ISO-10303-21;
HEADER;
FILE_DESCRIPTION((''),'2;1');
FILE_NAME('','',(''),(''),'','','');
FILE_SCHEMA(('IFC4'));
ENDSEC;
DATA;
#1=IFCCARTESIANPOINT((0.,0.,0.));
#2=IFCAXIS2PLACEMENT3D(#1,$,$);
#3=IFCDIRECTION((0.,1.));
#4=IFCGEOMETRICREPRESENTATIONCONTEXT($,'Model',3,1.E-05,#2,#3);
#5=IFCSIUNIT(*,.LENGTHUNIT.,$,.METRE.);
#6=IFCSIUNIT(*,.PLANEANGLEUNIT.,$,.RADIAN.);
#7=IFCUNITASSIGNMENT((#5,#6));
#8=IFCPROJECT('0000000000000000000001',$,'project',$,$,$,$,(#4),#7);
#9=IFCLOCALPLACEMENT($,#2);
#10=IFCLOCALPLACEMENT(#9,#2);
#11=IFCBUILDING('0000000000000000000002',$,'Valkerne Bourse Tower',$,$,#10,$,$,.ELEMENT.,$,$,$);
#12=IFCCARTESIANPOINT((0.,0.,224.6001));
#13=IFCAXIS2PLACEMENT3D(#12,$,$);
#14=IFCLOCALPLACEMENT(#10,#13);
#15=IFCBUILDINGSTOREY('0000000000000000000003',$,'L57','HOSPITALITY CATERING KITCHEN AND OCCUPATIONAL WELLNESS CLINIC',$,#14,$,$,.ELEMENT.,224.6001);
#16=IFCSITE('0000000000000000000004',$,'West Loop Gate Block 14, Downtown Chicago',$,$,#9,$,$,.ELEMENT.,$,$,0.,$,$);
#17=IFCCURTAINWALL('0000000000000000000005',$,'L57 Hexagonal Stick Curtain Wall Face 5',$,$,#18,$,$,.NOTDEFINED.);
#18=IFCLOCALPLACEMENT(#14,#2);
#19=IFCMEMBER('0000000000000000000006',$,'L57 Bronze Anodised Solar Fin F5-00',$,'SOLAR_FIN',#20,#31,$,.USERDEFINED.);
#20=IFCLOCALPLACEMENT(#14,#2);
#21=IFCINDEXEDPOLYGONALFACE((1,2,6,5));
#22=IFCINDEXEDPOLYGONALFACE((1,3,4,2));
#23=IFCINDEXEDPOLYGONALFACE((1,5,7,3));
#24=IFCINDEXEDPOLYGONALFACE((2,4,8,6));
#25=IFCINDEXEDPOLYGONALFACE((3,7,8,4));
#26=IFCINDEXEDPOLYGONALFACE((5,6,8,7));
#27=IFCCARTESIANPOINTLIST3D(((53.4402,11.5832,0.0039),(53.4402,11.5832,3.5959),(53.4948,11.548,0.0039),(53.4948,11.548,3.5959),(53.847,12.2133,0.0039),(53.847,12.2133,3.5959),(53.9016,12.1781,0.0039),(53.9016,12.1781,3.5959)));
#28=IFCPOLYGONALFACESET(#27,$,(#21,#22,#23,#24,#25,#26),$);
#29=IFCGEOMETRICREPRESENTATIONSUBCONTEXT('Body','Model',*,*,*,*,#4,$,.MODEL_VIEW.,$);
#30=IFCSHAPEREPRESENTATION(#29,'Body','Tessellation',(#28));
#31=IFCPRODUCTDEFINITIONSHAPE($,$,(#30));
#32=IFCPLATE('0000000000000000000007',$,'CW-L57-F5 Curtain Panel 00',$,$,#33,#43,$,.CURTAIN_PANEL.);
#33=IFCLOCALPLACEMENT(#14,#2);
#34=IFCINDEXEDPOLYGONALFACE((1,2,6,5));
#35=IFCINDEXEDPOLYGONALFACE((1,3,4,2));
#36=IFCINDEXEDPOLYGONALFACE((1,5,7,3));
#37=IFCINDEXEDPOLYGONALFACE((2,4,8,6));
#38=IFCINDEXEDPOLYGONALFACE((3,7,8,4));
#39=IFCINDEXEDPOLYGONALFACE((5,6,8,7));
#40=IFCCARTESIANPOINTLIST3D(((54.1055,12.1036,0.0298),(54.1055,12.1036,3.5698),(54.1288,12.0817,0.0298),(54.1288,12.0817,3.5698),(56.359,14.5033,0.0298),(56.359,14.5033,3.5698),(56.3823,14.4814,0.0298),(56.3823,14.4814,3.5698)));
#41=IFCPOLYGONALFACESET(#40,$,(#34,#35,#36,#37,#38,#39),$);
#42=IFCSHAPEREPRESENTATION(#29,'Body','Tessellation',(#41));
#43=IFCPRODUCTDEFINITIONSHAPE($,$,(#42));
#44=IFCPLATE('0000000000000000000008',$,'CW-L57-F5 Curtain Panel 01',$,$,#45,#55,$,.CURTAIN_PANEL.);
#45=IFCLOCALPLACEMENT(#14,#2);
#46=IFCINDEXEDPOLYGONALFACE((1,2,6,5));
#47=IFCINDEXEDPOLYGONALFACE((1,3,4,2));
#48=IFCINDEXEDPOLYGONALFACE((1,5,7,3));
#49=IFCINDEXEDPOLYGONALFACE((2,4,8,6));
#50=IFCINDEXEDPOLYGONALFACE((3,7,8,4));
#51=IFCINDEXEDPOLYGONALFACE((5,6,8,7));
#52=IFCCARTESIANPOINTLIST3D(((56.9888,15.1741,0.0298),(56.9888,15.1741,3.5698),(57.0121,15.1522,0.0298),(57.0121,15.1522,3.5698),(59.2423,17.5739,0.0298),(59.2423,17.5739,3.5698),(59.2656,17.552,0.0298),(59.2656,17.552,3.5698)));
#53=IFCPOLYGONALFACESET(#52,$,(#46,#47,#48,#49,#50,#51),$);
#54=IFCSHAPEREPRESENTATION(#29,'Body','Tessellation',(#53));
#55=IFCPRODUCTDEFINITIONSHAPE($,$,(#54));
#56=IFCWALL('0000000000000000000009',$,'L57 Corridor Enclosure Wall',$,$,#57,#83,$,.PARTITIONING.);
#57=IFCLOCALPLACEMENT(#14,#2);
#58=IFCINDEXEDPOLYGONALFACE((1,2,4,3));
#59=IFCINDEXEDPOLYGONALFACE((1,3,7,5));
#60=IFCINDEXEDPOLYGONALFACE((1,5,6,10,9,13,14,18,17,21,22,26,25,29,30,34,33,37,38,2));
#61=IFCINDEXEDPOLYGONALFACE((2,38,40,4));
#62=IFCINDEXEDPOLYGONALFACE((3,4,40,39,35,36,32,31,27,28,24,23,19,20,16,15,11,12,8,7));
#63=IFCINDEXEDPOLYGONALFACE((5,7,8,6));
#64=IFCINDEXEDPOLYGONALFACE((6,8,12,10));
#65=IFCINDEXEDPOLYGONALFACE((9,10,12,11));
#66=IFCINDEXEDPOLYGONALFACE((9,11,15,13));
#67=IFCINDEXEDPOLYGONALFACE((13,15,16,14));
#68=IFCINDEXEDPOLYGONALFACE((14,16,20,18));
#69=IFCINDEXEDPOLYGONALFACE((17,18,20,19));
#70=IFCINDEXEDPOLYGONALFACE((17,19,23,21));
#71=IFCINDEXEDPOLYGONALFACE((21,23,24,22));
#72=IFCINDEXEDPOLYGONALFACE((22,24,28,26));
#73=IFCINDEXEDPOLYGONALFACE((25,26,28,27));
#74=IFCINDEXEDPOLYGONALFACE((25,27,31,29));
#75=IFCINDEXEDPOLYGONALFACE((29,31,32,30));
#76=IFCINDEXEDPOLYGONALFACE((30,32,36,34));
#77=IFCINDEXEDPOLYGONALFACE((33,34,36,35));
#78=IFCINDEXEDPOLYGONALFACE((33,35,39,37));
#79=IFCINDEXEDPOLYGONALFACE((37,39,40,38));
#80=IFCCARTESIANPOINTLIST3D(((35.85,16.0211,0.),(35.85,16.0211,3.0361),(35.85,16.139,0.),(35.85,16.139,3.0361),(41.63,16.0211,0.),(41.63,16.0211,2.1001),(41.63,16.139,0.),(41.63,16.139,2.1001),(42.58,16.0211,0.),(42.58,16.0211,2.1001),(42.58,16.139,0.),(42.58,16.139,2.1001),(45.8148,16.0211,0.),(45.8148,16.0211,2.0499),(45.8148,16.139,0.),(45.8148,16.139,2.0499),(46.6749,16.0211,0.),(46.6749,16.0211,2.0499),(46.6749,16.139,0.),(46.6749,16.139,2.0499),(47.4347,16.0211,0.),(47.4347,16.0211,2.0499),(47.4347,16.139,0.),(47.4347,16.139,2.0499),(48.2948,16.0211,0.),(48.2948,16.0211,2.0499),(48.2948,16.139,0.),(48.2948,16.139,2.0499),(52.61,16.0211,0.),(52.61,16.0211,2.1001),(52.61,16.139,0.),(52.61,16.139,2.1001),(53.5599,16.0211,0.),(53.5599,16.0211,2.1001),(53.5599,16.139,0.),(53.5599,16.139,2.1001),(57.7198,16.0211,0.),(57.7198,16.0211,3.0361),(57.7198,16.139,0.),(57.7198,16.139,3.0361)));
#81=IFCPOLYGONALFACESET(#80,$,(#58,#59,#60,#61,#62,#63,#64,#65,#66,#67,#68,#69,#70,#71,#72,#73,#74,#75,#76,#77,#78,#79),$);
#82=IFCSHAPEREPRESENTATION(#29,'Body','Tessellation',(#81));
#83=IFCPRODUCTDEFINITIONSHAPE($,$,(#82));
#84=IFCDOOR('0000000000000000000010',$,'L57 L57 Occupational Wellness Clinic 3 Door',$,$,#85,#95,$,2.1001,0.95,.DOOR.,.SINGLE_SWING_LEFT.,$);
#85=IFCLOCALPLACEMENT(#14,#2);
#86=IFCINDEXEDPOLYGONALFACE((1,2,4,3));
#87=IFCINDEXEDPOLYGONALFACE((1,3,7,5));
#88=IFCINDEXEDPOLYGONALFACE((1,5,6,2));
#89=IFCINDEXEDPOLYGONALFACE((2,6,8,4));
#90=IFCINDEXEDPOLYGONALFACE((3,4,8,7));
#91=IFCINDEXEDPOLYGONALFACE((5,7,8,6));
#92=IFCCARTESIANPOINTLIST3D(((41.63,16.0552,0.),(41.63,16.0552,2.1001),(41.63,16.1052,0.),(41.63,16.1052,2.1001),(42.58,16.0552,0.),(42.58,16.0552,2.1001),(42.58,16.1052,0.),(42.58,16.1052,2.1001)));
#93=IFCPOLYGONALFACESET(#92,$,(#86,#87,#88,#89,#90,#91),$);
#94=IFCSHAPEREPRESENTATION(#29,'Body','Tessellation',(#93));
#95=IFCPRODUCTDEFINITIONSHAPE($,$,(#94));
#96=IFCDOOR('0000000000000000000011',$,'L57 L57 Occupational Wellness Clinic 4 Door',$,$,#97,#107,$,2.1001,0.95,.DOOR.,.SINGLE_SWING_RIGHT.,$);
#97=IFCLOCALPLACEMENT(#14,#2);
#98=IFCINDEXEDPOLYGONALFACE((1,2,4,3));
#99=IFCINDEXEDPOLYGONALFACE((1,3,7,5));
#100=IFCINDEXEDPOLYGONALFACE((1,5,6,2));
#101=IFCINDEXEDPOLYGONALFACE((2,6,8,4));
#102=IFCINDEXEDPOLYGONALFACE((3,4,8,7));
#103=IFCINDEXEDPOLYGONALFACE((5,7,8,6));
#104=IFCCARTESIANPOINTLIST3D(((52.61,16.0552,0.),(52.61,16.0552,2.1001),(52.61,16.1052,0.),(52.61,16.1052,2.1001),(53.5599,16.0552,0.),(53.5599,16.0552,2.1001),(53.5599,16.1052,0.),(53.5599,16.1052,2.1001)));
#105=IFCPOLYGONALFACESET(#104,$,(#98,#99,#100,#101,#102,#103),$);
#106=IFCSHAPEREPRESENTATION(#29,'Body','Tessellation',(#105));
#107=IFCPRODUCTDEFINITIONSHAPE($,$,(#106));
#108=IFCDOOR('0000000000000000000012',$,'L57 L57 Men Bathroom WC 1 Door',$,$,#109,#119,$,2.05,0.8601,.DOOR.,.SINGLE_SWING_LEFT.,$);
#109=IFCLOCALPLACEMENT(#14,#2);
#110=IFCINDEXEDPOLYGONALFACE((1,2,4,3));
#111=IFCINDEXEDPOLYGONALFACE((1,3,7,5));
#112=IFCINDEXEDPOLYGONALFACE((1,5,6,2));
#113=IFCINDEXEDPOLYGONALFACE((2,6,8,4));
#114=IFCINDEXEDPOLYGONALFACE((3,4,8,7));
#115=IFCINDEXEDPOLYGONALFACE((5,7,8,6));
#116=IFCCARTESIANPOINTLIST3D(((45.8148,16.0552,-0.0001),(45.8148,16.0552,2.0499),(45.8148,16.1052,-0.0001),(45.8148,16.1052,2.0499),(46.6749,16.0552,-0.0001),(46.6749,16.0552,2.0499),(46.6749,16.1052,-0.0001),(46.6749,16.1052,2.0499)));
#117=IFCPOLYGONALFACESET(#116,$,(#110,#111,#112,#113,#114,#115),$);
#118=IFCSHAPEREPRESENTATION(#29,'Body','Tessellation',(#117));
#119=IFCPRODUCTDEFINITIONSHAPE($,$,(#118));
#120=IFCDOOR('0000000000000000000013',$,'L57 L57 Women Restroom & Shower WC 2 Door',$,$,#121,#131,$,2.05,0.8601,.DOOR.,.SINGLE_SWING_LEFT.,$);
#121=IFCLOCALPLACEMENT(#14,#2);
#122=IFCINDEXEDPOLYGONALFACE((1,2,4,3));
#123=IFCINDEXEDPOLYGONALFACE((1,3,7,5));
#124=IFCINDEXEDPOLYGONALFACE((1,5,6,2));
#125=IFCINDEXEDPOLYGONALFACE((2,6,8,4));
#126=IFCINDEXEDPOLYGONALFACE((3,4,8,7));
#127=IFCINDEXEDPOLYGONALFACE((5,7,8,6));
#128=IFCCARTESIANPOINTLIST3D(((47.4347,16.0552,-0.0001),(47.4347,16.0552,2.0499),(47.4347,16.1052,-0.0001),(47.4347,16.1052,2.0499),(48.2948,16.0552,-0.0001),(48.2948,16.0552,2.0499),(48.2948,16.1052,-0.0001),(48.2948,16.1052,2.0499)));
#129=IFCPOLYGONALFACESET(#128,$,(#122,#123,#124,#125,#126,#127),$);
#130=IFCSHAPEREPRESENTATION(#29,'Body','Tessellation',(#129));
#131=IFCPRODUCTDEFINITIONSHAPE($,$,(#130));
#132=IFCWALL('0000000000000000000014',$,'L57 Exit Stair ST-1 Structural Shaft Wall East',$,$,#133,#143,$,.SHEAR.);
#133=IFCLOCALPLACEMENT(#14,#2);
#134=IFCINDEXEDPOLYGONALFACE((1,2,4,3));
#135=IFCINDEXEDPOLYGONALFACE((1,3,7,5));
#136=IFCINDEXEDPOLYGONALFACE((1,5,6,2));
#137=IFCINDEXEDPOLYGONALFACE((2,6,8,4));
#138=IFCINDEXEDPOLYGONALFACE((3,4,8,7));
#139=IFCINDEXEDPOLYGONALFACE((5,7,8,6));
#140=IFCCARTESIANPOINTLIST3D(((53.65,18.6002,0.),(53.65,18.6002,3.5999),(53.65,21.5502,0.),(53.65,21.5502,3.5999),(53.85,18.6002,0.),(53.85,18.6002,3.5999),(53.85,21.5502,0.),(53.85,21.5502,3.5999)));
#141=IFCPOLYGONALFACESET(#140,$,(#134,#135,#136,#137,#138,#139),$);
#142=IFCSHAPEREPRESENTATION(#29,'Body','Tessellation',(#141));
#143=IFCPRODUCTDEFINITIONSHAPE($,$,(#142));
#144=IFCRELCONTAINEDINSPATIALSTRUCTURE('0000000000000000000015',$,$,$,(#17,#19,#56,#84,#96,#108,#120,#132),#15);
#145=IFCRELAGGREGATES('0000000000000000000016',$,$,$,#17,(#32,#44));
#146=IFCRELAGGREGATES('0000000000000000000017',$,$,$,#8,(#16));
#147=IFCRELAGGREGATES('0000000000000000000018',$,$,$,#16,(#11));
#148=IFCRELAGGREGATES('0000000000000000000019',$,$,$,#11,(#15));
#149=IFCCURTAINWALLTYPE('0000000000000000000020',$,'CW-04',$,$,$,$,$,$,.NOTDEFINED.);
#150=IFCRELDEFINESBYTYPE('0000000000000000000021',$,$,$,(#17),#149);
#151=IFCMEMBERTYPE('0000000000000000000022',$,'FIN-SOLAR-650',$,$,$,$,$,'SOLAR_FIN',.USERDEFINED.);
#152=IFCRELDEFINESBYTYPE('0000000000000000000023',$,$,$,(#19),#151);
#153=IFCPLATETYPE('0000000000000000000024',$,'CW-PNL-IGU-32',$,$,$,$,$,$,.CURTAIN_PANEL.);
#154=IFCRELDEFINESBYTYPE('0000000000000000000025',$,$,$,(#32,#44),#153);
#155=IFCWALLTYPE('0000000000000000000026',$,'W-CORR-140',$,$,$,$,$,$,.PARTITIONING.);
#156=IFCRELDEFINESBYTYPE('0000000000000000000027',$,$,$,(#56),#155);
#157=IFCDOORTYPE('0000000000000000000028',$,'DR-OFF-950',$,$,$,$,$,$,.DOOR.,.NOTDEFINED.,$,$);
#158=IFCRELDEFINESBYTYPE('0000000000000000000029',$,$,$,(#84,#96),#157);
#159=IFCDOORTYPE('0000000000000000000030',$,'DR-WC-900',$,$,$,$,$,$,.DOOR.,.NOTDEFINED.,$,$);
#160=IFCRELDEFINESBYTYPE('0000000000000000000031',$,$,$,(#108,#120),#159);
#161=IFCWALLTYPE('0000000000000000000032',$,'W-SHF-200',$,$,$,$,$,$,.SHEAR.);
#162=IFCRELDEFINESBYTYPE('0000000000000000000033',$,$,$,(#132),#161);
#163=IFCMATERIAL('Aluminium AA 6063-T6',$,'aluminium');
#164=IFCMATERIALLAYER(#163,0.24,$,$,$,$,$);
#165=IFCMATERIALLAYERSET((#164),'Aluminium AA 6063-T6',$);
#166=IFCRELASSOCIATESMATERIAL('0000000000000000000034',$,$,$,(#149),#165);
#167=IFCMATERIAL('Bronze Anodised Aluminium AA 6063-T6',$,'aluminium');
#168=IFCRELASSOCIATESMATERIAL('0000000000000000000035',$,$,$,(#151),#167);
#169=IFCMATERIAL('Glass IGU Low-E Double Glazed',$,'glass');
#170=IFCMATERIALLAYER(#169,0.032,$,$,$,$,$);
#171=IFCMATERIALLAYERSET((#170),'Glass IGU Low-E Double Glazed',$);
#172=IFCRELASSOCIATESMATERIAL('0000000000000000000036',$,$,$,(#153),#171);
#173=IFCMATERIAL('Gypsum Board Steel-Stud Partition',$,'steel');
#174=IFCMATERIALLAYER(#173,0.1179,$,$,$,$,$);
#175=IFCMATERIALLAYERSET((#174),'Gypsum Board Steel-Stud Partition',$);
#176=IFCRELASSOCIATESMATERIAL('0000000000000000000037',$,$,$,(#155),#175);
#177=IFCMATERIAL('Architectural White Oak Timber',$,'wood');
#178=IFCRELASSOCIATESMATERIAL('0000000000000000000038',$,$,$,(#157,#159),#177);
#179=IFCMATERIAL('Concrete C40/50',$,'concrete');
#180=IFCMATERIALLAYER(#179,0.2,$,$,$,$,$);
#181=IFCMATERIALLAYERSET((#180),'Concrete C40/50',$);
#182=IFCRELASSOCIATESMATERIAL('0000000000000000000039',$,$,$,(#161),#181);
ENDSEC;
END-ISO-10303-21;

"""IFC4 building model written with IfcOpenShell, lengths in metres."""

from ifc_helpers import new_model, si_unit, direction, frame, frame_2d, origin, origin_2d, place, context, subcontext, project, spatial, rectangle, extrude, material, layer, layer_set, material_profile, profile_set, type_object, element, fill, aggregate, save


model = new_model("IFC4")

# Units and contexts
model_context = context("Model", 3, precision=1e-05, world=origin(), true_north=direction((0.0, 1.0)))
body_context = subcontext(model_context, "Body", "Model", "MODEL_VIEW")
ifc_project = project(units=[si_unit("LENGTHUNIT", "METRE"), si_unit("PLANEANGLEUNIT", "RADIAN")], contexts=[model_context])

# Site, building, storey
site_placement = place(None, origin())
site = spatial("IfcSite", under=ifc_project, at=site_placement, Name="West Loop Gate Block 14, Downtown Chicago", CompositionType="ELEMENT", RefElevation=0.0)
building_placement = place(site_placement, origin())
building = spatial("IfcBuilding", under=site, at=building_placement, Name="Valkerne Bourse Tower", CompositionType="ELEMENT")
storey_placement = place(building_placement, frame((0.0, 0.0, 224.6001)))
storey = spatial("IfcBuildingStorey", under=building, at=storey_placement, Name="L57", Description="HOSPITALITY CATERING KITCHEN AND OCCUPATIONAL WELLNESS CLINIC", CompositionType="ELEMENT", Elevation=224.6001)

# Curtain wall
ifc_material_1 = material(Name="Aluminium AA 6063-T6", Category="aluminium")
ifc_layer_1 = layer(ifc_material_1, 0.24)
ifc_layer_set_1 = layer_set([ifc_layer_1], Name="Aluminium AA 6063-T6")
curtain_wall_type = type_object("IfcCurtainWallType", Name="CW-04", PredefinedType="NOTDEFINED", material=ifc_layer_set_1)
curtain_wall_placement = place(storey_placement, origin())
curtain_wall = element("IfcCurtainWall", 1, at=curtain_wall_placement, inside=storey, type_object=curtain_wall_type, Name="L57 Hexagonal Stick Curtain Wall Face 5", PredefinedType="NOTDEFINED")

# Member
ifc_material_2 = material(Name="Bronze Anodised Aluminium AA 6063-T6", Category="aluminium")
ifc_material_profile_1 = material_profile(ifc_material_2, rectangle(XDim=0.0649, YDim=0.75, at=origin_2d()), Name="FIN-65X750")
ifc_profile_set_1 = profile_set([ifc_material_profile_1], Name="Bronze Anodised Aluminium AA 6063-T6")
member_type_1 = type_object("IfcMemberType", Name="FIN-SOLAR-650", ElementType="SOLAR_FIN", PredefinedType="USERDEFINED", material=ifc_profile_set_1)
member_1_placement = place(storey_placement, frame((53.6709, 11.8806, 0.0039), z_axis=(0.0, 0.0, 1.0), x_axis=(0.840131, -0.542383, 0.0)))
element("IfcMember", 2, at=member_1_placement, inside=storey, type_object=member_type_1, Name="L57 Bronze Anodised Solar Fin F5-00", ObjectType="SOLAR_FIN", PredefinedType="USERDEFINED", context=body_context, shape_type="SweptSolid", body=[
    extrude(rectangle(XDim=0.0649, YDim=0.75, at=origin_2d()), origin(), (0.0, 0.0, 1.0), 3.592),
])

# Plates
ifc_material_3 = material(Name="Glass IGU Low-E Double Glazed", Category="glass")
ifc_layer_2 = layer(ifc_material_3, 0.032)
ifc_layer_set_2 = layer_set([ifc_layer_2], Name="Glass IGU Low-E Double Glazed")
plate_type = type_object("IfcPlateType", Name="CW-PNL-IGU-32", PredefinedType="CURTAIN_PANEL", material=ifc_layer_set_2)
plate_1_placement = place(storey_placement, frame((55.2439, 13.2925, 0.0298), z_axis=(0.0, 0.0, 1.0), x_axis=(0.68456, 0.728956, 0.0)))
plate_1 = element("IfcPlate", 3, at=plate_1_placement, type_object=plate_type, Name="CW-L57-F5 Curtain Panel 00", PredefinedType="CURTAIN_PANEL", context=body_context, shape_type="SweptSolid", body=[
    extrude(rectangle(XDim=3.292, YDim=0.032, at=origin_2d()), origin(), (0.0, 0.0, 1.0), 3.54),
])
plate_2_placement = place(storey_placement, frame((58.1272, 16.363, 0.0298), z_axis=(0.0, 0.0, 1.0), x_axis=(0.684536, 0.728979, 0.0)))
plate_2 = element("IfcPlate", 4, at=plate_2_placement, type_object=plate_type, Name="CW-L57-F5 Curtain Panel 01", PredefinedType="CURTAIN_PANEL", context=body_context, shape_type="SweptSolid", body=[
    extrude(rectangle(XDim=3.292, YDim=0.032, at=origin_2d()), origin(), (0.0, 0.0, 1.0), 3.54),
])
aggregate(curtain_wall, [plate_1, plate_2])

# Wall, openings, doors
ifc_material_4 = material(Name="Gypsum Board Steel-Stud Partition", Category="steel")
ifc_layer_3 = layer(ifc_material_4, 0.1179)
ifc_layer_set_3 = layer_set([ifc_layer_3], Name="Gypsum Board Steel-Stud Partition")
wall_type_1 = type_object("IfcWallType", Name="W-CORR-140", PredefinedType="PARTITIONING", material=ifc_layer_set_3)
wall_1_placement = place(storey_placement, frame((57.72, 16.0801, 0.0), z_axis=(0.0, 0.0, 1.0), x_axis=(-1.0, 0.0, 0.0)))
wall_1 = element("IfcWall", 5, at=wall_1_placement, inside=storey, type_object=wall_type_1, Name="L57 Corridor Enclosure Wall", PredefinedType="PARTITIONING", context=body_context, shape_type="SweptSolid", body=[
    extrude(rectangle(XDim=21.8699, YDim=0.1179, at=frame_2d((10.9351, 0.0))), origin(), (0.0, 0.0, 1.0), 3.0361),
])
opening_1_placement = place(wall_1_placement, frame((11.0449, 0.0, 0.0)))
opening_1 = element("IfcOpeningElement", 6, at=opening_1_placement, cuts=wall_1, PredefinedType="OPENING", context=body_context, shape_type="SweptSolid", body=[
    extrude(rectangle(XDim=0.8601, YDim=2.05, at=frame_2d((0.4302, 1.0249))), frame((0.0, 0.0688, 0.0), z_axis=(0.0, -1.0, 0.0), x_axis=(1.0, 0.0, 0.0)), (0.0, 0.0, 1.0), 0.1379),
])
opening_2_placement = place(wall_1_placement, frame((9.425, 0.0, 0.0)))
opening_2 = element("IfcOpeningElement", 7, at=opening_2_placement, cuts=wall_1, PredefinedType="OPENING", context=body_context, shape_type="SweptSolid", body=[
    extrude(rectangle(XDim=0.8601, YDim=2.05, at=frame_2d((0.4302, 1.0249))), frame((0.0, 0.0688, 0.0), z_axis=(0.0, -1.0, 0.0), x_axis=(1.0, 0.0, 0.0)), (0.0, 0.0, 1.0), 0.1379),
])
opening_3_placement = place(wall_1_placement, frame((15.1399, 0.0, 0.0)))
opening_3 = element("IfcOpeningElement", 8, at=opening_3_placement, cuts=wall_1, PredefinedType="OPENING", context=body_context, shape_type="SweptSolid", body=[
    extrude(rectangle(XDim=0.95, YDim=2.1001, at=frame_2d((0.4751, 1.05))), frame((0.0, 0.0688, 0.0), z_axis=(0.0, -1.0, 0.0), x_axis=(1.0, 0.0, 0.0)), (0.0, 0.0, 1.0), 0.1379),
])
opening_4_placement = place(wall_1_placement, frame((4.1599, 0.0, 0.0)))
opening_4 = element("IfcOpeningElement", 9, at=opening_4_placement, cuts=wall_1, PredefinedType="OPENING", context=body_context, shape_type="SweptSolid", body=[
    extrude(rectangle(XDim=0.95, YDim=2.1001, at=frame_2d((0.4751, 1.05))), frame((0.0, 0.0688, 0.0), z_axis=(0.0, -1.0, 0.0), x_axis=(1.0, 0.0, 0.0)), (0.0, 0.0, 1.0), 0.1379),
])
ifc_material_5 = material(Name="Architectural White Oak Timber", Category="wood")
door_type_1 = type_object("IfcDoorType", Name="DR-OFF-950", OperationType="NOTDEFINED", PredefinedType="DOOR", material=ifc_material_5)
door_1_placement = place(opening_3_placement, origin())
door_1 = element("IfcDoor", 10, at=door_1_placement, inside=storey, type_object=door_type_1, Name="L57 L57 Occupational Wellness Clinic 3 Door", OperationType="SINGLE_SWING_LEFT", OverallHeight=2.1001, OverallWidth=0.95, PredefinedType="DOOR", context=body_context, shape_type="SweptSolid", body=[
    extrude(rectangle(XDim=0.95, YDim=2.1001, at=frame_2d((0.4751, 1.05))), frame((0.0, 0.0249, 0.0), z_axis=(0.0, -1.0, 0.0), x_axis=(1.0, 0.0, 0.0)), (0.0, 0.0, 1.0), 0.05),
])
fill(opening_3, door_1)
door_2_placement = place(opening_4_placement, origin())
door_2 = element("IfcDoor", 11, at=door_2_placement, inside=storey, type_object=door_type_1, Name="L57 L57 Occupational Wellness Clinic 4 Door", OperationType="SINGLE_SWING_RIGHT", OverallHeight=2.1001, OverallWidth=0.95, PredefinedType="DOOR", context=body_context, shape_type="SweptSolid", body=[
    extrude(rectangle(XDim=0.95, YDim=2.1001, at=frame_2d((0.4751, 1.05))), frame((0.0, 0.0249, 0.0), z_axis=(0.0, -1.0, 0.0), x_axis=(1.0, 0.0, 0.0)), (0.0, 0.0, 1.0), 0.05),
])
fill(opening_4, door_2)
door_type_2 = type_object("IfcDoorType", Name="DR-WC-900", OperationType="NOTDEFINED", PredefinedType="DOOR", material=ifc_material_5)
door_3_placement = place(opening_1_placement, origin())
door_3 = element("IfcDoor", 12, at=door_3_placement, inside=storey, type_object=door_type_2, Name="L57 L57 Men Bathroom WC 1 Door", OperationType="SINGLE_SWING_LEFT", OverallHeight=2.05, OverallWidth=0.8601, PredefinedType="DOOR", context=body_context, shape_type="SweptSolid", body=[
    extrude(rectangle(XDim=0.8601, YDim=2.05, at=frame_2d((0.4302, 1.0249))), frame((0.0, 0.0249, 0.0), z_axis=(0.0, -1.0, 0.0), x_axis=(1.0, 0.0, 0.0)), (0.0, 0.0, 1.0), 0.05),
])
fill(opening_1, door_3)
door_4_placement = place(opening_2_placement, origin())
door_4 = element("IfcDoor", 13, at=door_4_placement, inside=storey, type_object=door_type_2, Name="L57 L57 Women Restroom & Shower WC 2 Door", OperationType="SINGLE_SWING_LEFT", OverallHeight=2.05, OverallWidth=0.8601, PredefinedType="DOOR", context=body_context, shape_type="SweptSolid", body=[
    extrude(rectangle(XDim=0.8601, YDim=2.05, at=frame_2d((0.4302, 1.0249))), frame((0.0, 0.0249, 0.0), z_axis=(0.0, -1.0, 0.0), x_axis=(1.0, 0.0, 0.0)), (0.0, 0.0, 1.0), 0.05),
])
fill(opening_2, door_4)

# Wall
ifc_material_6 = material(Name="Concrete C40/50", Category="concrete")
ifc_layer_4 = layer(ifc_material_6, 0.2)
ifc_layer_set_4 = layer_set([ifc_layer_4], Name="Concrete C40/50")
wall_type_2 = type_object("IfcWallType", Name="W-SHF-200", PredefinedType="SHEAR", material=ifc_layer_set_4)
wall_2_placement = place(storey_placement, frame((53.75, 18.6001, 0.0), z_axis=(0.0, 0.0, 1.0), x_axis=(0.0, 1.0, 0.0)))
element("IfcWall", 14, at=wall_2_placement, inside=storey, type_object=wall_type_2, Name="L57 Exit Stair ST-1 Structural Shaft Wall East", PredefinedType="SHEAR", context=body_context, shape_type="SweptSolid", body=[
    extrude(rectangle(XDim=2.95, YDim=0.2, at=frame_2d((1.4751, 0.0))), origin(), (0.0, 0.0, 1.0), 3.5999),
])

save(model, "model.ifc")
